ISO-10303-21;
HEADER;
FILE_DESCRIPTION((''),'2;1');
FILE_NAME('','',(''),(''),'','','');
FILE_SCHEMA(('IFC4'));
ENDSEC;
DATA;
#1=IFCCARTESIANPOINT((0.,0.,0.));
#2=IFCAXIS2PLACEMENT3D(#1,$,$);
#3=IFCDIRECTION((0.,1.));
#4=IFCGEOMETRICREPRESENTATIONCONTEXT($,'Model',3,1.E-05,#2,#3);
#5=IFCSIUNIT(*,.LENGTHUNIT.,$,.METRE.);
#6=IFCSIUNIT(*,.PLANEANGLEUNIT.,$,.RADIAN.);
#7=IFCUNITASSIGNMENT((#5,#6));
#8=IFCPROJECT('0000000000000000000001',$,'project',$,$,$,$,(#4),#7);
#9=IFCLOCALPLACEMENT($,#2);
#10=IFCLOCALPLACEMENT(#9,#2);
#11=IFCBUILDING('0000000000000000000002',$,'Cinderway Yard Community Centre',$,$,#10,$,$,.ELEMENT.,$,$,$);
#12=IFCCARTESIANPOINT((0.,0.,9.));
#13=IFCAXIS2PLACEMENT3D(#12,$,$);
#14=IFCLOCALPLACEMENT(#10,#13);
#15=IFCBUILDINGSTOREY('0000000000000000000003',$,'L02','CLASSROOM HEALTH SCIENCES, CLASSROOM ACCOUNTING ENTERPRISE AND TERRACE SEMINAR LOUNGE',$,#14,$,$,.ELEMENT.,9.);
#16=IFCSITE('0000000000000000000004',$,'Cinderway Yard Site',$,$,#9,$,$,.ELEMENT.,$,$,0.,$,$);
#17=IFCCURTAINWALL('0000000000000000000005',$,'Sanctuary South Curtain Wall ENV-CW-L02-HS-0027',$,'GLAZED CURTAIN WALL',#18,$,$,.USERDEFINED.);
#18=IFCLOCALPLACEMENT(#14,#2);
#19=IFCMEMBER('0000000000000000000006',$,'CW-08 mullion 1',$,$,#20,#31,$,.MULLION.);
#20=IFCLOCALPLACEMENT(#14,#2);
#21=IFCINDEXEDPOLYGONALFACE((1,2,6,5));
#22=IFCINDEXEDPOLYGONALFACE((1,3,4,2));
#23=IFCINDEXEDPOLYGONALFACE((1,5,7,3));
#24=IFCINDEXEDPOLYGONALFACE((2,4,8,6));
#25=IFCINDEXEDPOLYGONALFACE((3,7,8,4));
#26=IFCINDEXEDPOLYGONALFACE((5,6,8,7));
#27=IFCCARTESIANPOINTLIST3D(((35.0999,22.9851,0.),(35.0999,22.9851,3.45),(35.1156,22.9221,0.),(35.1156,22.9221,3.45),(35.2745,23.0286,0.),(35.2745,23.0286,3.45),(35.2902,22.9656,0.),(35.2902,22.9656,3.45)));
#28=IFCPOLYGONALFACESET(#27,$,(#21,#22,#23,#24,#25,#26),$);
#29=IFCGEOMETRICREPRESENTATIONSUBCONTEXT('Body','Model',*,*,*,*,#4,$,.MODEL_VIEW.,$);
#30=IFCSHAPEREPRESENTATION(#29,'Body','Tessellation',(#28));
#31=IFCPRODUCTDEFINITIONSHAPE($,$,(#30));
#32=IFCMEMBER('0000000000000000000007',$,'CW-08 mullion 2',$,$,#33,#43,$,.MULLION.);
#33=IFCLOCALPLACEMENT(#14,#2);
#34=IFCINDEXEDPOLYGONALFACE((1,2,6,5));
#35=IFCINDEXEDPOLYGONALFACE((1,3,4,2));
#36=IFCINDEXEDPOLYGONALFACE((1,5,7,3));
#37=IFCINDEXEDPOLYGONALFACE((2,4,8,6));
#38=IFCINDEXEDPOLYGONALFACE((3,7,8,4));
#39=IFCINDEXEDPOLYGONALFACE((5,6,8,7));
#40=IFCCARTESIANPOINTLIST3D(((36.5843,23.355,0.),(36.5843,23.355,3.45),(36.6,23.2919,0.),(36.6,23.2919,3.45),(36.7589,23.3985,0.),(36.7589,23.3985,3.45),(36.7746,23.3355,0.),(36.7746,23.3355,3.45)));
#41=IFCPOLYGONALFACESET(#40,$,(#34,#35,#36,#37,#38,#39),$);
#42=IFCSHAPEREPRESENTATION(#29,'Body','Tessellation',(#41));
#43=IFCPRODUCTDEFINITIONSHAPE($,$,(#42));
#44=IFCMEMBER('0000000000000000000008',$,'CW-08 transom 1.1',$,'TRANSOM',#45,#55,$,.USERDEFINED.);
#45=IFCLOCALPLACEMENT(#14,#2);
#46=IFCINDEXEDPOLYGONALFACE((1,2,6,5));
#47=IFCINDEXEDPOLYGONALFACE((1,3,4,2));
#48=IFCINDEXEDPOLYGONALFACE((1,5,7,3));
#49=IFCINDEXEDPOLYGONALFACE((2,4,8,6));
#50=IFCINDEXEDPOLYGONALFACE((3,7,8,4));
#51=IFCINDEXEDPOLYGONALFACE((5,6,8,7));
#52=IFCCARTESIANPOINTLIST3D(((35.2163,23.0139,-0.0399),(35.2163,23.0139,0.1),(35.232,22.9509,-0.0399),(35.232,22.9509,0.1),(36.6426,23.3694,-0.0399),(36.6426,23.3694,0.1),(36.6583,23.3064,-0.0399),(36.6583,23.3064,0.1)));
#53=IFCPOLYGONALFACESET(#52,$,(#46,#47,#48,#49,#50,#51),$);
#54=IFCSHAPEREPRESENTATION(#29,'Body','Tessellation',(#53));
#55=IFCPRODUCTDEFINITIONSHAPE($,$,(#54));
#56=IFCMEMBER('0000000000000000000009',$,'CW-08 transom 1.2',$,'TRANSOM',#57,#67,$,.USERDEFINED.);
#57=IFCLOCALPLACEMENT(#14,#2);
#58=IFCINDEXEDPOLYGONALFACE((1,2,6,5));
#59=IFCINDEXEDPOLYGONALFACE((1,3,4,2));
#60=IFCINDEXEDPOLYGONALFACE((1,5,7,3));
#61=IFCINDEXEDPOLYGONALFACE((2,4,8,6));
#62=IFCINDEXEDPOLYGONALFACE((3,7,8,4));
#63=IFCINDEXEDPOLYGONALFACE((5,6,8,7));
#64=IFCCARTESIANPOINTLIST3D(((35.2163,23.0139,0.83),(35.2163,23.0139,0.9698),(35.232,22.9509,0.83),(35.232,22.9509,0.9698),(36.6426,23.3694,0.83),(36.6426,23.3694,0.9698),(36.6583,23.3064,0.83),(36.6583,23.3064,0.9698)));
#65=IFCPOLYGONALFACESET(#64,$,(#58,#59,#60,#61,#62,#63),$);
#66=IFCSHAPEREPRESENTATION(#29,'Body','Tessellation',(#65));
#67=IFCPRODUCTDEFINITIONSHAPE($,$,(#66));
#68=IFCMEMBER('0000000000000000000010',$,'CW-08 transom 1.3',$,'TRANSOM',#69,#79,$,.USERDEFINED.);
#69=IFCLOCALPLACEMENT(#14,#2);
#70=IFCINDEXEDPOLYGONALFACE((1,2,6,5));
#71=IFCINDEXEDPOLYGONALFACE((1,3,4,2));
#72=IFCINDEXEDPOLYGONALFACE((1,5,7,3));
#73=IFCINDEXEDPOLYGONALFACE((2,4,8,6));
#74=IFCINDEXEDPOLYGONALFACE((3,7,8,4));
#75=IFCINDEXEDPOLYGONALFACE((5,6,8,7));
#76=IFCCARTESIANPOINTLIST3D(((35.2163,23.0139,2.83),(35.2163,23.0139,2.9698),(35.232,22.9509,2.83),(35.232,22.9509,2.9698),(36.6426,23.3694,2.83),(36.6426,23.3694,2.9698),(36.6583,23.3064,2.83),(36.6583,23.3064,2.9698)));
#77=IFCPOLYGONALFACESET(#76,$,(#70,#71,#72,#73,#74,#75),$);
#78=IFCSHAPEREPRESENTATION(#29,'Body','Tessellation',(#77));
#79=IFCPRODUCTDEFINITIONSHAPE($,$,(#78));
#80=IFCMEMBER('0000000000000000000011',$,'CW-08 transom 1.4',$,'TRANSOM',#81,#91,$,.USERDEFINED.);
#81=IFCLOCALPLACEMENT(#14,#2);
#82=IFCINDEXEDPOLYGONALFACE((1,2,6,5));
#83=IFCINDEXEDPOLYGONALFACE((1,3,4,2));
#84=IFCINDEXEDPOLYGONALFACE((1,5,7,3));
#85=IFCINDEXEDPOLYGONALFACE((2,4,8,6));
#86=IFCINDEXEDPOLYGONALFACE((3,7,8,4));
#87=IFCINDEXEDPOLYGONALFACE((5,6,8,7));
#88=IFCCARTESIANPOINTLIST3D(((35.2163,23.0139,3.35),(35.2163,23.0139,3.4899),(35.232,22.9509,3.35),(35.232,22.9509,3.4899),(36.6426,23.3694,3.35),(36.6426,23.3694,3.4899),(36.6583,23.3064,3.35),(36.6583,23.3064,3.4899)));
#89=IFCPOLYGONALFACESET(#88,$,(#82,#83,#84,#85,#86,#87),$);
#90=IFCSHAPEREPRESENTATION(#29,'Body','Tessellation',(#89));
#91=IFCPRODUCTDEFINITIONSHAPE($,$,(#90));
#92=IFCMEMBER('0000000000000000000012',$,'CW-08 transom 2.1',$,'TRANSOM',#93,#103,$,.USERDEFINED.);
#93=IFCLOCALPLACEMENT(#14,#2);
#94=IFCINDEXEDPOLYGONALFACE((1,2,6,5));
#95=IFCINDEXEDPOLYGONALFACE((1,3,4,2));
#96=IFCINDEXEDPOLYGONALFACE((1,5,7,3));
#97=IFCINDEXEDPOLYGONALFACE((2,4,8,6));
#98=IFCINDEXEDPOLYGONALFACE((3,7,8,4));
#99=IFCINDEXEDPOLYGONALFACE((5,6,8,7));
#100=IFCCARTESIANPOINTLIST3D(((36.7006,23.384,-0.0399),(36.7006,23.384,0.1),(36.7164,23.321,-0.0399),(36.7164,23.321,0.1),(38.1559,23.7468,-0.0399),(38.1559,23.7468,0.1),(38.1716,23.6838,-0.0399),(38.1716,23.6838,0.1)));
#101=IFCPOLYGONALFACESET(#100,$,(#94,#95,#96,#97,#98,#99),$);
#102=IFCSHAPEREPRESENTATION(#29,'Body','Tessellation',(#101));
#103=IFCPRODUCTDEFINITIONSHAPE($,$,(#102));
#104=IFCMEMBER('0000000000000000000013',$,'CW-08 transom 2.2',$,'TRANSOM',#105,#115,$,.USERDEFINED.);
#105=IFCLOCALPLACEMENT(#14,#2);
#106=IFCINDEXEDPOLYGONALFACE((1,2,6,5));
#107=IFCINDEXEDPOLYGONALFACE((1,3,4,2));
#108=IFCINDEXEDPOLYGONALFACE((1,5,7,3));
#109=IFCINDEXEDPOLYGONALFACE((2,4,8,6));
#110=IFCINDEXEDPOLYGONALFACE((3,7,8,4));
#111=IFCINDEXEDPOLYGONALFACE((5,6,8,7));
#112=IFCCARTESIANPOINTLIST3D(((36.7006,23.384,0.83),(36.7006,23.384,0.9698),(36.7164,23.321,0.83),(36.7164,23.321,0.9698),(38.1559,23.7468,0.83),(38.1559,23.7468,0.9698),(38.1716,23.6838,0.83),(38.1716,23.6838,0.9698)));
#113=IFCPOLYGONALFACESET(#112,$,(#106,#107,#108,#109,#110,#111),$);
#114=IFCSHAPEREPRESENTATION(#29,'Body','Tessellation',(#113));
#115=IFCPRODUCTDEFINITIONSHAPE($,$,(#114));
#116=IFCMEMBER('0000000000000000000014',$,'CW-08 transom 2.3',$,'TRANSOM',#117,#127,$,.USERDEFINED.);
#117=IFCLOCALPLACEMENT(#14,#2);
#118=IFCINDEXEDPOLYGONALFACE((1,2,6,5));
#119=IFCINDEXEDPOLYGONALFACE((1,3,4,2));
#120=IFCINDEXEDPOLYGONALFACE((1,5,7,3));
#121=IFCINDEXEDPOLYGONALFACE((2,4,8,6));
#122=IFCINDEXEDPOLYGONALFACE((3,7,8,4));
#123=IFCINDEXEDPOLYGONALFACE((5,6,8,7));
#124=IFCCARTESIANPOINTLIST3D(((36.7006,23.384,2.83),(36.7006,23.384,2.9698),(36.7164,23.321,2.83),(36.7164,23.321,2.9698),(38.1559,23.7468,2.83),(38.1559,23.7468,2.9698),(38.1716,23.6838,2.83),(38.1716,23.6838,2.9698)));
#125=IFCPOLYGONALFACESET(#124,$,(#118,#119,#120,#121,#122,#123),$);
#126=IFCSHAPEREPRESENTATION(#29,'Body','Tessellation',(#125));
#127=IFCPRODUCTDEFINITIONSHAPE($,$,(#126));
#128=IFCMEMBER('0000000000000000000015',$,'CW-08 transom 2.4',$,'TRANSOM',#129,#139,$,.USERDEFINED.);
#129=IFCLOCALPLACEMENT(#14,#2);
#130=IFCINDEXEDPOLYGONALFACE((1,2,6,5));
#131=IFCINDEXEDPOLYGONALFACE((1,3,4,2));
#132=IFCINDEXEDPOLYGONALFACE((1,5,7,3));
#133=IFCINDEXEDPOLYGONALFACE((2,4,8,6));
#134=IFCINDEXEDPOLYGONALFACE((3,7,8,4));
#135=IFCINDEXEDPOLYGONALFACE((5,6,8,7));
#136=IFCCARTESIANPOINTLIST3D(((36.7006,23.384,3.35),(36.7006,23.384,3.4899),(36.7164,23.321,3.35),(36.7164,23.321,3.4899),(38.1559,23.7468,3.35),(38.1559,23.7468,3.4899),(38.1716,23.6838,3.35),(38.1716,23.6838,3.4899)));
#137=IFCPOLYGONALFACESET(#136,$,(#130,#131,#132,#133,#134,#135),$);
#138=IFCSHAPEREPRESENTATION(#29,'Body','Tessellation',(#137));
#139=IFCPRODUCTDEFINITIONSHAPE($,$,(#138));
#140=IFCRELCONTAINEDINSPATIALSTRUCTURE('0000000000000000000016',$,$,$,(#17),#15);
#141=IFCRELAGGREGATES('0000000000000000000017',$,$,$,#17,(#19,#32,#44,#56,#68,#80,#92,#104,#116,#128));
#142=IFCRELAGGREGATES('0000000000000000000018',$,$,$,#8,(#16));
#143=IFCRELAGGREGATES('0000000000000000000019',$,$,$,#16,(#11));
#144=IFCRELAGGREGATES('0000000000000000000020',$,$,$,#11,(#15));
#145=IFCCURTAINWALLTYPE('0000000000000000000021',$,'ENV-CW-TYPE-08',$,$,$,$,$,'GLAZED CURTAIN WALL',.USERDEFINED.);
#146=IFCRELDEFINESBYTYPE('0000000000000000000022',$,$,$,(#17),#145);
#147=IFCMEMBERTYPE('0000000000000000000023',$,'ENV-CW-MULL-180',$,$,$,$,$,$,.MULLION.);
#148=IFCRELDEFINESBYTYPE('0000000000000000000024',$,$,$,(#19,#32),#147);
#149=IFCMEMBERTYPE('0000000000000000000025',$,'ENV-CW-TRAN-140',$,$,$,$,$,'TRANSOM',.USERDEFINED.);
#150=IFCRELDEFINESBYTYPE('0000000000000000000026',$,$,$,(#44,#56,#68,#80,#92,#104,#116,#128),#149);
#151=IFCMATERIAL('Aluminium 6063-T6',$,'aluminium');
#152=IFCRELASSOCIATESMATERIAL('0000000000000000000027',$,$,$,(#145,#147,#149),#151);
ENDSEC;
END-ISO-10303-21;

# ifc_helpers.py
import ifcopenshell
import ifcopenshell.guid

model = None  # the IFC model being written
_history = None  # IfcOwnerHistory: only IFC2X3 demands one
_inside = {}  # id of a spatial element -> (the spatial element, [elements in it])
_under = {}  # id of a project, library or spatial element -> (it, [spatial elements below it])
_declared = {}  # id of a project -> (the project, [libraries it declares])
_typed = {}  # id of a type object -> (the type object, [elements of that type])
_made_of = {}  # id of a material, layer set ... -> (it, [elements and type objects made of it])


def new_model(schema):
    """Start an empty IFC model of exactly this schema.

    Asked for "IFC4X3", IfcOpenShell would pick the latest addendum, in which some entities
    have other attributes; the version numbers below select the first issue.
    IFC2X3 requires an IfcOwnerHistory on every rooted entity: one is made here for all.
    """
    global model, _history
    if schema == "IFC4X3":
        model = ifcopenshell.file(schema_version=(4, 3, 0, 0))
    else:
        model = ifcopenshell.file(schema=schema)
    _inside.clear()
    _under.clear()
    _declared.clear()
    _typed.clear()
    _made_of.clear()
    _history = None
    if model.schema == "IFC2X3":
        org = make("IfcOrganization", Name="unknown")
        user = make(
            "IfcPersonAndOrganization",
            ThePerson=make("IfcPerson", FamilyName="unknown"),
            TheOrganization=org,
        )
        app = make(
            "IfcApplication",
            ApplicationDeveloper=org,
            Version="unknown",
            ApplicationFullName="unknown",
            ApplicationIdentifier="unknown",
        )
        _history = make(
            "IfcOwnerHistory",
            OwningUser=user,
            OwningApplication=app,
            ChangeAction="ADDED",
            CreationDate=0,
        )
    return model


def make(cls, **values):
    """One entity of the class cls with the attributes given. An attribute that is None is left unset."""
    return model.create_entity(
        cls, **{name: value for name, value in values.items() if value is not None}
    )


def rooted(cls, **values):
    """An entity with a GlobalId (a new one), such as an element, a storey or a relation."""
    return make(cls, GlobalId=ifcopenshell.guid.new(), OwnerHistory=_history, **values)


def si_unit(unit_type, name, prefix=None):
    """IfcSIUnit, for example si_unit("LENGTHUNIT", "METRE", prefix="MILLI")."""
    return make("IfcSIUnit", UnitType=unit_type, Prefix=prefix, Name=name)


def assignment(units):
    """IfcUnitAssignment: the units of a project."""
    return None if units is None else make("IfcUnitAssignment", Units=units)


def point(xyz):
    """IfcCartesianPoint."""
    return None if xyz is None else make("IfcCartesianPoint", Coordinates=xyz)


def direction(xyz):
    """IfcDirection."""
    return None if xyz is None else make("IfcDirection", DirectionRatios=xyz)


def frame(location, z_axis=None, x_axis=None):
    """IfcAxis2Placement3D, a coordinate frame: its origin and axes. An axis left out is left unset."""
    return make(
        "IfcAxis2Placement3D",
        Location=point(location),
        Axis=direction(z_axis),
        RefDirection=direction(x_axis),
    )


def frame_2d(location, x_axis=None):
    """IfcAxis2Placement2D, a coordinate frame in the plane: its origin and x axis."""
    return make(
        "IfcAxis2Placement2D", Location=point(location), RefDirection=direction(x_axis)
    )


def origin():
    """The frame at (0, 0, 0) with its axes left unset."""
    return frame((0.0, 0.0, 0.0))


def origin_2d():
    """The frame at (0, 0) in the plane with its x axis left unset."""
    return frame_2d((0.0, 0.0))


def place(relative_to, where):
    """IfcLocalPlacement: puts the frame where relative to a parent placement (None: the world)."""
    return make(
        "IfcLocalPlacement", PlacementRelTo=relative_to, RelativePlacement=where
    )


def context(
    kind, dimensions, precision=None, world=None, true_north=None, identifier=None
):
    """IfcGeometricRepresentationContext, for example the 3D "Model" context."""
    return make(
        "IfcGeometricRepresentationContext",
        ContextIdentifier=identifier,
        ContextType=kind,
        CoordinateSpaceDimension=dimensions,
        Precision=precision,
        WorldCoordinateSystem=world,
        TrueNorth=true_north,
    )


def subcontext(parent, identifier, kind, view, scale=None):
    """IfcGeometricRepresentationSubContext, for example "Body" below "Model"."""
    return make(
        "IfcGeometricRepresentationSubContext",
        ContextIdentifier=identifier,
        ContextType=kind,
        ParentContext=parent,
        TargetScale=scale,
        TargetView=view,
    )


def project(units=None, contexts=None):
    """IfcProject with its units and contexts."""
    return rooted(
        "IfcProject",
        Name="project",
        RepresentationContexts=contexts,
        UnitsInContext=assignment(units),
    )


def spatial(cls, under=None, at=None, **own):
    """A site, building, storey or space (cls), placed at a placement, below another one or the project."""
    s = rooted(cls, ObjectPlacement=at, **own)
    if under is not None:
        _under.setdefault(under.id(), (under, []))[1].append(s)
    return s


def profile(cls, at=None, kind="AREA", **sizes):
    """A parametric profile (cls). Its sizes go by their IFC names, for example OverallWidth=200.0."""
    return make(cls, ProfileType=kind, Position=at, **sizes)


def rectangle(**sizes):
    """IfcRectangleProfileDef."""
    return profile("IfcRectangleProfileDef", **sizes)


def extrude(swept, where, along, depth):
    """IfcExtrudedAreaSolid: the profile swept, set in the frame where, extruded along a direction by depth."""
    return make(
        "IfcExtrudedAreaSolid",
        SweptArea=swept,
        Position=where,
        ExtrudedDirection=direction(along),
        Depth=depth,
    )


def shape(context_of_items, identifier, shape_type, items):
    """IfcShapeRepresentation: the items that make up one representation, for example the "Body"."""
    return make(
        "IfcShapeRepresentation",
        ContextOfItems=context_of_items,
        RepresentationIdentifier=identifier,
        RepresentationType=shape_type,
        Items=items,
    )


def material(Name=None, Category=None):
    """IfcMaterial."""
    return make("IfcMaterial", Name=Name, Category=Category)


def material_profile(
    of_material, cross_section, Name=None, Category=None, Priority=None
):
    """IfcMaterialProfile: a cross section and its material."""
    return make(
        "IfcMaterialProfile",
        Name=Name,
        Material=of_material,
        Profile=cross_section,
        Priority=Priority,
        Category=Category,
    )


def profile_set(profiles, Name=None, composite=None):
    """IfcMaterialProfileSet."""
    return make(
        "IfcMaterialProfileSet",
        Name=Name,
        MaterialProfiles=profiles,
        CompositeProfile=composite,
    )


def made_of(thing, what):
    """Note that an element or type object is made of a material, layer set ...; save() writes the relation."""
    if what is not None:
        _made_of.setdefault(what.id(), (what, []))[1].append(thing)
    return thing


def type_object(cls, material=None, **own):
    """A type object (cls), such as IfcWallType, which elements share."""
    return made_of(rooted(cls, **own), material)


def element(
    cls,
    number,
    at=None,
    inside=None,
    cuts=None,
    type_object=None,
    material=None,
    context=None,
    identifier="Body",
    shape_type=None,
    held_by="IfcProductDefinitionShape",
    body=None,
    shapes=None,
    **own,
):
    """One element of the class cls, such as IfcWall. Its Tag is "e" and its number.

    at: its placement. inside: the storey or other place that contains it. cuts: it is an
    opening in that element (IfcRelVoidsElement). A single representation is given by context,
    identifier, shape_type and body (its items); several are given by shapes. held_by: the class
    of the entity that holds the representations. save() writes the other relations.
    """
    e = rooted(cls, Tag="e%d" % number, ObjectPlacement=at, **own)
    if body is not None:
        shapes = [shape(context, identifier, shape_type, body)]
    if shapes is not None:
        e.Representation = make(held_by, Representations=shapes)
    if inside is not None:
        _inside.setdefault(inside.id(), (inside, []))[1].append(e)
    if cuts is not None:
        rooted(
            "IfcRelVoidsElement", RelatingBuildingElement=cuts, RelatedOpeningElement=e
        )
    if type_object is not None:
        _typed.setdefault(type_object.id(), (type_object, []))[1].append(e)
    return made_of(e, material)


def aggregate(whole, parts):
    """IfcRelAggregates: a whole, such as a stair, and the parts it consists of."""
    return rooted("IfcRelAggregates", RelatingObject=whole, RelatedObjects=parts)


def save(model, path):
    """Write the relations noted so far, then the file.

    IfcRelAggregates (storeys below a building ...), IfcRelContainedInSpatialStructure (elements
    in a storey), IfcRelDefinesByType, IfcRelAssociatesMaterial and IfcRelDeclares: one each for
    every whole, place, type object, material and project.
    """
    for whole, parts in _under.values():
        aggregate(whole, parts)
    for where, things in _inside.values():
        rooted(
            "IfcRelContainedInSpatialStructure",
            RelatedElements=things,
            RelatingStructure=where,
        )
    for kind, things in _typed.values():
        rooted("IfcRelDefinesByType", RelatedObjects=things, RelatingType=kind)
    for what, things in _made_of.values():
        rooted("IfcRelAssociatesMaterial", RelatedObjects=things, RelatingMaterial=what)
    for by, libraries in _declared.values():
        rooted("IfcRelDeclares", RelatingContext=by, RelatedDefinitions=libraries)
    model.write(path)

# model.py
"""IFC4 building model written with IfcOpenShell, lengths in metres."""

from ifc_helpers import new_model, si_unit, direction, frame, origin, origin_2d, place, context, subcontext, project, spatial, rectangle, extrude, material, material_profile, profile_set, type_object, element, aggregate, save


model = new_model("IFC4")

# Units and contexts
model_context = context("Model", 3, precision=1e-05, world=origin(), true_north=direction((0.0, 1.0)))
body_context = subcontext(model_context, "Body", "Model", "MODEL_VIEW")
ifc_project = project(units=[si_unit("LENGTHUNIT", "METRE"), si_unit("PLANEANGLEUNIT", "RADIAN")], contexts=[model_context])

# Site, building, storey
site_placement = place(None, origin())
site = spatial("IfcSite", under=ifc_project, at=site_placement, Name="Cinderway Yard Site", CompositionType="ELEMENT", RefElevation=0.0)
building_placement = place(site_placement, origin())
building = spatial("IfcBuilding", under=site, at=building_placement, Name="Cinderway Yard Community Centre", CompositionType="ELEMENT")
storey_placement = place(building_placement, frame((0.0, 0.0, 9.0)))
storey = spatial("IfcBuildingStorey", under=building, at=storey_placement, Name="L02", Description="CLASSROOM HEALTH SCIENCES, CLASSROOM ACCOUNTING ENTERPRISE AND TERRACE SEMINAR LOUNGE", CompositionType="ELEMENT", Elevation=9.0)

# Curtain wall, members
ifc_material_1 = material(Name="Aluminium 6063-T6", Category="aluminium")
curtain_wall_type = type_object("IfcCurtainWallType", Name="ENV-CW-TYPE-08", ElementType="GLAZED CURTAIN WALL", PredefinedType="USERDEFINED", material=ifc_material_1)
curtain_wall_placement = place(storey_placement, origin())
curtain_wall = element("IfcCurtainWall", 1, at=curtain_wall_placement, inside=storey, type_object=curtain_wall_type, Name="Sanctuary South Curtain Wall ENV-CW-L02-HS-0027", ObjectType="GLAZED CURTAIN WALL", PredefinedType="USERDEFINED")
ifc_material_profile_1 = material_profile(ifc_material_1, rectangle(XDim=0.0649, YDim=0.1799, at=origin_2d()), Name="Aluminium 6063-T6")
ifc_profile_set_1 = profile_set([ifc_material_profile_1], Name="Aluminium 6063-T6")
member_type_1 = type_object("IfcMemberType", Name="ENV-CW-MULL-180", PredefinedType="MULLION", material=ifc_profile_set_1)
member_1_placement = place(storey_placement, frame((35.1951, 22.9753, 0.0), z_axis=(0.0, 0.0, 1.0), x_axis=(-0.241857, 0.970312, 0.0)))
member_1 = element("IfcMember", 2, at=member_1_placement, type_object=member_type_1, Name="CW-08 mullion 1", PredefinedType="MULLION", context=body_context, shape_type="SweptSolid", body=[
    extrude(rectangle(XDim=0.0649, YDim=0.1799, at=origin_2d()), origin(), (0.0, 0.0, 1.0), 3.45),
])
member_2_placement = place(storey_placement, frame((36.6794, 23.3452, 0.0), z_axis=(0.0, 0.0, 1.0), x_axis=(-0.241857, 0.970312, 0.0)))
member_2 = element("IfcMember", 3, at=member_2_placement, type_object=member_type_1, Name="CW-08 mullion 2", PredefinedType="MULLION", context=body_context, shape_type="SweptSolid", body=[
    extrude(rectangle(XDim=0.0649, YDim=0.1799, at=origin_2d()), origin(), (0.0, 0.0, 1.0), 3.45),
])
ifc_material_profile_2 = material_profile(ifc_material_1, rectangle(XDim=0.0649, YDim=0.1399, at=origin_2d()), Name="Aluminium 6063-T6")
ifc_profile_set_2 = profile_set([ifc_material_profile_2], Name="Aluminium 6063-T6")
member_type_2 = type_object("IfcMemberType", Name="ENV-CW-TRAN-140", ElementType="TRANSOM", PredefinedType="USERDEFINED", material=ifc_profile_set_2)
member_3_placement = place(storey_placement, frame((35.2241, 22.9824, 0.03), z_axis=(0.970318, 0.241832, 0.0), x_axis=(-0.241832, 0.970318, 0.0)))
member_3 = element("IfcMember", 4, at=member_3_placement, type_object=member_type_2, Name="CW-08 transom 1.1", ObjectType="TRANSOM", PredefinedType="USERDEFINED", context=body_context, shape_type="SweptSolid", body=[
    extrude(rectangle(XDim=0.0649, YDim=0.1399, at=origin_2d()), origin(), (0.0, 0.0, 1.0), 1.47),
])
member_4_placement = place(storey_placement, frame((35.2241, 22.9824, 0.8999), z_axis=(0.970318, 0.241832, 0.0), x_axis=(-0.241832, 0.970318, 0.0)))
member_4 = element("IfcMember", 5, at=member_4_placement, type_object=member_type_2, Name="CW-08 transom 1.2", ObjectType="TRANSOM", PredefinedType="USERDEFINED", context=body_context, shape_type="SweptSolid", body=[
    extrude(rectangle(XDim=0.0649, YDim=0.1399, at=origin_2d()), origin(), (0.0, 0.0, 1.0), 1.47),
])
member_5_placement = place(storey_placement, frame((35.2241, 22.9824, 2.8999), z_axis=(0.970318, 0.241832, 0.0), x_axis=(-0.241832, 0.970318, 0.0)))
member_5 = element("IfcMember", 6, at=member_5_placement, type_object=member_type_2, Name="CW-08 transom 1.3", ObjectType="TRANSOM", PredefinedType="USERDEFINED", context=body_context, shape_type="SweptSolid", body=[
    extrude(rectangle(XDim=0.0649, YDim=0.1399, at=origin_2d()), origin(), (0.0, 0.0, 1.0), 1.47),
])
member_6_placement = place(storey_placement, frame((35.2241, 22.9824, 3.4199), z_axis=(0.970318, 0.241832, 0.0), x_axis=(-0.241832, 0.970318, 0.0)))
member_6 = element("IfcMember", 7, at=member_6_placement, type_object=member_type_2, Name="CW-08 transom 1.4", ObjectType="TRANSOM", PredefinedType="USERDEFINED", context=body_context, shape_type="SweptSolid", body=[
    extrude(rectangle(XDim=0.0649, YDim=0.1399, at=origin_2d()), origin(), (0.0, 0.0, 1.0), 1.47),
])
member_7_placement = place(storey_placement, frame((36.7085, 23.3525, 0.03), z_axis=(0.970305, 0.241884, 0.0), x_axis=(-0.241884, 0.970305, 0.0)))
member_7 = element("IfcMember", 8, at=member_7_placement, type_object=member_type_2, Name="CW-08 transom 2.1", ObjectType="TRANSOM", PredefinedType="USERDEFINED", context=body_context, shape_type="SweptSolid", body=[
    extrude(rectangle(XDim=0.0649, YDim=0.1399, at=origin_2d()), origin(), (0.0, 0.0, 1.0), 1.4998),
])
member_8_placement = place(storey_placement, frame((36.7085, 23.3525, 0.8999), z_axis=(0.970305, 0.241884, 0.0), x_axis=(-0.241884, 0.970305, 0.0)))
member_8 = element("IfcMember", 9, at=member_8_placement, type_object=member_type_2, Name="CW-08 transom 2.2", ObjectType="TRANSOM", PredefinedType="USERDEFINED", context=body_context, shape_type="SweptSolid", body=[
    extrude(rectangle(XDim=0.0649, YDim=0.1399, at=origin_2d()), origin(), (0.0, 0.0, 1.0), 1.4998),
])
member_9_placement = place(storey_placement, frame((36.7085, 23.3525, 2.8999), z_axis=(0.970305, 0.241884, 0.0), x_axis=(-0.241884, 0.970305, 0.0)))
member_9 = element("IfcMember", 10, at=member_9_placement, type_object=member_type_2, Name="CW-08 transom 2.3", ObjectType="TRANSOM", PredefinedType="USERDEFINED", context=body_context, shape_type="SweptSolid", body=[
    extrude(rectangle(XDim=0.0649, YDim=0.1399, at=origin_2d()), origin(), (0.0, 0.0, 1.0), 1.4998),
])
member_10_placement = place(storey_placement, frame((36.7085, 23.3525, 3.4199), z_axis=(0.970305, 0.241884, 0.0), x_axis=(-0.241884, 0.970305, 0.0)))
member_10 = element("IfcMember", 11, at=member_10_placement, type_object=member_type_2, Name="CW-08 transom 2.4", ObjectType="TRANSOM", PredefinedType="USERDEFINED", context=body_context, shape_type="SweptSolid", body=[
    extrude(rectangle(XDim=0.0649, YDim=0.1399, at=origin_2d()), origin(), (0.0, 0.0, 1.0), 1.4998),
])

aggregate(curtain_wall, [member_1, member_2, member_3, member_4, member_5, member_6, member_7, member_8, member_9, member_10])

save(model, "model.ifc")
